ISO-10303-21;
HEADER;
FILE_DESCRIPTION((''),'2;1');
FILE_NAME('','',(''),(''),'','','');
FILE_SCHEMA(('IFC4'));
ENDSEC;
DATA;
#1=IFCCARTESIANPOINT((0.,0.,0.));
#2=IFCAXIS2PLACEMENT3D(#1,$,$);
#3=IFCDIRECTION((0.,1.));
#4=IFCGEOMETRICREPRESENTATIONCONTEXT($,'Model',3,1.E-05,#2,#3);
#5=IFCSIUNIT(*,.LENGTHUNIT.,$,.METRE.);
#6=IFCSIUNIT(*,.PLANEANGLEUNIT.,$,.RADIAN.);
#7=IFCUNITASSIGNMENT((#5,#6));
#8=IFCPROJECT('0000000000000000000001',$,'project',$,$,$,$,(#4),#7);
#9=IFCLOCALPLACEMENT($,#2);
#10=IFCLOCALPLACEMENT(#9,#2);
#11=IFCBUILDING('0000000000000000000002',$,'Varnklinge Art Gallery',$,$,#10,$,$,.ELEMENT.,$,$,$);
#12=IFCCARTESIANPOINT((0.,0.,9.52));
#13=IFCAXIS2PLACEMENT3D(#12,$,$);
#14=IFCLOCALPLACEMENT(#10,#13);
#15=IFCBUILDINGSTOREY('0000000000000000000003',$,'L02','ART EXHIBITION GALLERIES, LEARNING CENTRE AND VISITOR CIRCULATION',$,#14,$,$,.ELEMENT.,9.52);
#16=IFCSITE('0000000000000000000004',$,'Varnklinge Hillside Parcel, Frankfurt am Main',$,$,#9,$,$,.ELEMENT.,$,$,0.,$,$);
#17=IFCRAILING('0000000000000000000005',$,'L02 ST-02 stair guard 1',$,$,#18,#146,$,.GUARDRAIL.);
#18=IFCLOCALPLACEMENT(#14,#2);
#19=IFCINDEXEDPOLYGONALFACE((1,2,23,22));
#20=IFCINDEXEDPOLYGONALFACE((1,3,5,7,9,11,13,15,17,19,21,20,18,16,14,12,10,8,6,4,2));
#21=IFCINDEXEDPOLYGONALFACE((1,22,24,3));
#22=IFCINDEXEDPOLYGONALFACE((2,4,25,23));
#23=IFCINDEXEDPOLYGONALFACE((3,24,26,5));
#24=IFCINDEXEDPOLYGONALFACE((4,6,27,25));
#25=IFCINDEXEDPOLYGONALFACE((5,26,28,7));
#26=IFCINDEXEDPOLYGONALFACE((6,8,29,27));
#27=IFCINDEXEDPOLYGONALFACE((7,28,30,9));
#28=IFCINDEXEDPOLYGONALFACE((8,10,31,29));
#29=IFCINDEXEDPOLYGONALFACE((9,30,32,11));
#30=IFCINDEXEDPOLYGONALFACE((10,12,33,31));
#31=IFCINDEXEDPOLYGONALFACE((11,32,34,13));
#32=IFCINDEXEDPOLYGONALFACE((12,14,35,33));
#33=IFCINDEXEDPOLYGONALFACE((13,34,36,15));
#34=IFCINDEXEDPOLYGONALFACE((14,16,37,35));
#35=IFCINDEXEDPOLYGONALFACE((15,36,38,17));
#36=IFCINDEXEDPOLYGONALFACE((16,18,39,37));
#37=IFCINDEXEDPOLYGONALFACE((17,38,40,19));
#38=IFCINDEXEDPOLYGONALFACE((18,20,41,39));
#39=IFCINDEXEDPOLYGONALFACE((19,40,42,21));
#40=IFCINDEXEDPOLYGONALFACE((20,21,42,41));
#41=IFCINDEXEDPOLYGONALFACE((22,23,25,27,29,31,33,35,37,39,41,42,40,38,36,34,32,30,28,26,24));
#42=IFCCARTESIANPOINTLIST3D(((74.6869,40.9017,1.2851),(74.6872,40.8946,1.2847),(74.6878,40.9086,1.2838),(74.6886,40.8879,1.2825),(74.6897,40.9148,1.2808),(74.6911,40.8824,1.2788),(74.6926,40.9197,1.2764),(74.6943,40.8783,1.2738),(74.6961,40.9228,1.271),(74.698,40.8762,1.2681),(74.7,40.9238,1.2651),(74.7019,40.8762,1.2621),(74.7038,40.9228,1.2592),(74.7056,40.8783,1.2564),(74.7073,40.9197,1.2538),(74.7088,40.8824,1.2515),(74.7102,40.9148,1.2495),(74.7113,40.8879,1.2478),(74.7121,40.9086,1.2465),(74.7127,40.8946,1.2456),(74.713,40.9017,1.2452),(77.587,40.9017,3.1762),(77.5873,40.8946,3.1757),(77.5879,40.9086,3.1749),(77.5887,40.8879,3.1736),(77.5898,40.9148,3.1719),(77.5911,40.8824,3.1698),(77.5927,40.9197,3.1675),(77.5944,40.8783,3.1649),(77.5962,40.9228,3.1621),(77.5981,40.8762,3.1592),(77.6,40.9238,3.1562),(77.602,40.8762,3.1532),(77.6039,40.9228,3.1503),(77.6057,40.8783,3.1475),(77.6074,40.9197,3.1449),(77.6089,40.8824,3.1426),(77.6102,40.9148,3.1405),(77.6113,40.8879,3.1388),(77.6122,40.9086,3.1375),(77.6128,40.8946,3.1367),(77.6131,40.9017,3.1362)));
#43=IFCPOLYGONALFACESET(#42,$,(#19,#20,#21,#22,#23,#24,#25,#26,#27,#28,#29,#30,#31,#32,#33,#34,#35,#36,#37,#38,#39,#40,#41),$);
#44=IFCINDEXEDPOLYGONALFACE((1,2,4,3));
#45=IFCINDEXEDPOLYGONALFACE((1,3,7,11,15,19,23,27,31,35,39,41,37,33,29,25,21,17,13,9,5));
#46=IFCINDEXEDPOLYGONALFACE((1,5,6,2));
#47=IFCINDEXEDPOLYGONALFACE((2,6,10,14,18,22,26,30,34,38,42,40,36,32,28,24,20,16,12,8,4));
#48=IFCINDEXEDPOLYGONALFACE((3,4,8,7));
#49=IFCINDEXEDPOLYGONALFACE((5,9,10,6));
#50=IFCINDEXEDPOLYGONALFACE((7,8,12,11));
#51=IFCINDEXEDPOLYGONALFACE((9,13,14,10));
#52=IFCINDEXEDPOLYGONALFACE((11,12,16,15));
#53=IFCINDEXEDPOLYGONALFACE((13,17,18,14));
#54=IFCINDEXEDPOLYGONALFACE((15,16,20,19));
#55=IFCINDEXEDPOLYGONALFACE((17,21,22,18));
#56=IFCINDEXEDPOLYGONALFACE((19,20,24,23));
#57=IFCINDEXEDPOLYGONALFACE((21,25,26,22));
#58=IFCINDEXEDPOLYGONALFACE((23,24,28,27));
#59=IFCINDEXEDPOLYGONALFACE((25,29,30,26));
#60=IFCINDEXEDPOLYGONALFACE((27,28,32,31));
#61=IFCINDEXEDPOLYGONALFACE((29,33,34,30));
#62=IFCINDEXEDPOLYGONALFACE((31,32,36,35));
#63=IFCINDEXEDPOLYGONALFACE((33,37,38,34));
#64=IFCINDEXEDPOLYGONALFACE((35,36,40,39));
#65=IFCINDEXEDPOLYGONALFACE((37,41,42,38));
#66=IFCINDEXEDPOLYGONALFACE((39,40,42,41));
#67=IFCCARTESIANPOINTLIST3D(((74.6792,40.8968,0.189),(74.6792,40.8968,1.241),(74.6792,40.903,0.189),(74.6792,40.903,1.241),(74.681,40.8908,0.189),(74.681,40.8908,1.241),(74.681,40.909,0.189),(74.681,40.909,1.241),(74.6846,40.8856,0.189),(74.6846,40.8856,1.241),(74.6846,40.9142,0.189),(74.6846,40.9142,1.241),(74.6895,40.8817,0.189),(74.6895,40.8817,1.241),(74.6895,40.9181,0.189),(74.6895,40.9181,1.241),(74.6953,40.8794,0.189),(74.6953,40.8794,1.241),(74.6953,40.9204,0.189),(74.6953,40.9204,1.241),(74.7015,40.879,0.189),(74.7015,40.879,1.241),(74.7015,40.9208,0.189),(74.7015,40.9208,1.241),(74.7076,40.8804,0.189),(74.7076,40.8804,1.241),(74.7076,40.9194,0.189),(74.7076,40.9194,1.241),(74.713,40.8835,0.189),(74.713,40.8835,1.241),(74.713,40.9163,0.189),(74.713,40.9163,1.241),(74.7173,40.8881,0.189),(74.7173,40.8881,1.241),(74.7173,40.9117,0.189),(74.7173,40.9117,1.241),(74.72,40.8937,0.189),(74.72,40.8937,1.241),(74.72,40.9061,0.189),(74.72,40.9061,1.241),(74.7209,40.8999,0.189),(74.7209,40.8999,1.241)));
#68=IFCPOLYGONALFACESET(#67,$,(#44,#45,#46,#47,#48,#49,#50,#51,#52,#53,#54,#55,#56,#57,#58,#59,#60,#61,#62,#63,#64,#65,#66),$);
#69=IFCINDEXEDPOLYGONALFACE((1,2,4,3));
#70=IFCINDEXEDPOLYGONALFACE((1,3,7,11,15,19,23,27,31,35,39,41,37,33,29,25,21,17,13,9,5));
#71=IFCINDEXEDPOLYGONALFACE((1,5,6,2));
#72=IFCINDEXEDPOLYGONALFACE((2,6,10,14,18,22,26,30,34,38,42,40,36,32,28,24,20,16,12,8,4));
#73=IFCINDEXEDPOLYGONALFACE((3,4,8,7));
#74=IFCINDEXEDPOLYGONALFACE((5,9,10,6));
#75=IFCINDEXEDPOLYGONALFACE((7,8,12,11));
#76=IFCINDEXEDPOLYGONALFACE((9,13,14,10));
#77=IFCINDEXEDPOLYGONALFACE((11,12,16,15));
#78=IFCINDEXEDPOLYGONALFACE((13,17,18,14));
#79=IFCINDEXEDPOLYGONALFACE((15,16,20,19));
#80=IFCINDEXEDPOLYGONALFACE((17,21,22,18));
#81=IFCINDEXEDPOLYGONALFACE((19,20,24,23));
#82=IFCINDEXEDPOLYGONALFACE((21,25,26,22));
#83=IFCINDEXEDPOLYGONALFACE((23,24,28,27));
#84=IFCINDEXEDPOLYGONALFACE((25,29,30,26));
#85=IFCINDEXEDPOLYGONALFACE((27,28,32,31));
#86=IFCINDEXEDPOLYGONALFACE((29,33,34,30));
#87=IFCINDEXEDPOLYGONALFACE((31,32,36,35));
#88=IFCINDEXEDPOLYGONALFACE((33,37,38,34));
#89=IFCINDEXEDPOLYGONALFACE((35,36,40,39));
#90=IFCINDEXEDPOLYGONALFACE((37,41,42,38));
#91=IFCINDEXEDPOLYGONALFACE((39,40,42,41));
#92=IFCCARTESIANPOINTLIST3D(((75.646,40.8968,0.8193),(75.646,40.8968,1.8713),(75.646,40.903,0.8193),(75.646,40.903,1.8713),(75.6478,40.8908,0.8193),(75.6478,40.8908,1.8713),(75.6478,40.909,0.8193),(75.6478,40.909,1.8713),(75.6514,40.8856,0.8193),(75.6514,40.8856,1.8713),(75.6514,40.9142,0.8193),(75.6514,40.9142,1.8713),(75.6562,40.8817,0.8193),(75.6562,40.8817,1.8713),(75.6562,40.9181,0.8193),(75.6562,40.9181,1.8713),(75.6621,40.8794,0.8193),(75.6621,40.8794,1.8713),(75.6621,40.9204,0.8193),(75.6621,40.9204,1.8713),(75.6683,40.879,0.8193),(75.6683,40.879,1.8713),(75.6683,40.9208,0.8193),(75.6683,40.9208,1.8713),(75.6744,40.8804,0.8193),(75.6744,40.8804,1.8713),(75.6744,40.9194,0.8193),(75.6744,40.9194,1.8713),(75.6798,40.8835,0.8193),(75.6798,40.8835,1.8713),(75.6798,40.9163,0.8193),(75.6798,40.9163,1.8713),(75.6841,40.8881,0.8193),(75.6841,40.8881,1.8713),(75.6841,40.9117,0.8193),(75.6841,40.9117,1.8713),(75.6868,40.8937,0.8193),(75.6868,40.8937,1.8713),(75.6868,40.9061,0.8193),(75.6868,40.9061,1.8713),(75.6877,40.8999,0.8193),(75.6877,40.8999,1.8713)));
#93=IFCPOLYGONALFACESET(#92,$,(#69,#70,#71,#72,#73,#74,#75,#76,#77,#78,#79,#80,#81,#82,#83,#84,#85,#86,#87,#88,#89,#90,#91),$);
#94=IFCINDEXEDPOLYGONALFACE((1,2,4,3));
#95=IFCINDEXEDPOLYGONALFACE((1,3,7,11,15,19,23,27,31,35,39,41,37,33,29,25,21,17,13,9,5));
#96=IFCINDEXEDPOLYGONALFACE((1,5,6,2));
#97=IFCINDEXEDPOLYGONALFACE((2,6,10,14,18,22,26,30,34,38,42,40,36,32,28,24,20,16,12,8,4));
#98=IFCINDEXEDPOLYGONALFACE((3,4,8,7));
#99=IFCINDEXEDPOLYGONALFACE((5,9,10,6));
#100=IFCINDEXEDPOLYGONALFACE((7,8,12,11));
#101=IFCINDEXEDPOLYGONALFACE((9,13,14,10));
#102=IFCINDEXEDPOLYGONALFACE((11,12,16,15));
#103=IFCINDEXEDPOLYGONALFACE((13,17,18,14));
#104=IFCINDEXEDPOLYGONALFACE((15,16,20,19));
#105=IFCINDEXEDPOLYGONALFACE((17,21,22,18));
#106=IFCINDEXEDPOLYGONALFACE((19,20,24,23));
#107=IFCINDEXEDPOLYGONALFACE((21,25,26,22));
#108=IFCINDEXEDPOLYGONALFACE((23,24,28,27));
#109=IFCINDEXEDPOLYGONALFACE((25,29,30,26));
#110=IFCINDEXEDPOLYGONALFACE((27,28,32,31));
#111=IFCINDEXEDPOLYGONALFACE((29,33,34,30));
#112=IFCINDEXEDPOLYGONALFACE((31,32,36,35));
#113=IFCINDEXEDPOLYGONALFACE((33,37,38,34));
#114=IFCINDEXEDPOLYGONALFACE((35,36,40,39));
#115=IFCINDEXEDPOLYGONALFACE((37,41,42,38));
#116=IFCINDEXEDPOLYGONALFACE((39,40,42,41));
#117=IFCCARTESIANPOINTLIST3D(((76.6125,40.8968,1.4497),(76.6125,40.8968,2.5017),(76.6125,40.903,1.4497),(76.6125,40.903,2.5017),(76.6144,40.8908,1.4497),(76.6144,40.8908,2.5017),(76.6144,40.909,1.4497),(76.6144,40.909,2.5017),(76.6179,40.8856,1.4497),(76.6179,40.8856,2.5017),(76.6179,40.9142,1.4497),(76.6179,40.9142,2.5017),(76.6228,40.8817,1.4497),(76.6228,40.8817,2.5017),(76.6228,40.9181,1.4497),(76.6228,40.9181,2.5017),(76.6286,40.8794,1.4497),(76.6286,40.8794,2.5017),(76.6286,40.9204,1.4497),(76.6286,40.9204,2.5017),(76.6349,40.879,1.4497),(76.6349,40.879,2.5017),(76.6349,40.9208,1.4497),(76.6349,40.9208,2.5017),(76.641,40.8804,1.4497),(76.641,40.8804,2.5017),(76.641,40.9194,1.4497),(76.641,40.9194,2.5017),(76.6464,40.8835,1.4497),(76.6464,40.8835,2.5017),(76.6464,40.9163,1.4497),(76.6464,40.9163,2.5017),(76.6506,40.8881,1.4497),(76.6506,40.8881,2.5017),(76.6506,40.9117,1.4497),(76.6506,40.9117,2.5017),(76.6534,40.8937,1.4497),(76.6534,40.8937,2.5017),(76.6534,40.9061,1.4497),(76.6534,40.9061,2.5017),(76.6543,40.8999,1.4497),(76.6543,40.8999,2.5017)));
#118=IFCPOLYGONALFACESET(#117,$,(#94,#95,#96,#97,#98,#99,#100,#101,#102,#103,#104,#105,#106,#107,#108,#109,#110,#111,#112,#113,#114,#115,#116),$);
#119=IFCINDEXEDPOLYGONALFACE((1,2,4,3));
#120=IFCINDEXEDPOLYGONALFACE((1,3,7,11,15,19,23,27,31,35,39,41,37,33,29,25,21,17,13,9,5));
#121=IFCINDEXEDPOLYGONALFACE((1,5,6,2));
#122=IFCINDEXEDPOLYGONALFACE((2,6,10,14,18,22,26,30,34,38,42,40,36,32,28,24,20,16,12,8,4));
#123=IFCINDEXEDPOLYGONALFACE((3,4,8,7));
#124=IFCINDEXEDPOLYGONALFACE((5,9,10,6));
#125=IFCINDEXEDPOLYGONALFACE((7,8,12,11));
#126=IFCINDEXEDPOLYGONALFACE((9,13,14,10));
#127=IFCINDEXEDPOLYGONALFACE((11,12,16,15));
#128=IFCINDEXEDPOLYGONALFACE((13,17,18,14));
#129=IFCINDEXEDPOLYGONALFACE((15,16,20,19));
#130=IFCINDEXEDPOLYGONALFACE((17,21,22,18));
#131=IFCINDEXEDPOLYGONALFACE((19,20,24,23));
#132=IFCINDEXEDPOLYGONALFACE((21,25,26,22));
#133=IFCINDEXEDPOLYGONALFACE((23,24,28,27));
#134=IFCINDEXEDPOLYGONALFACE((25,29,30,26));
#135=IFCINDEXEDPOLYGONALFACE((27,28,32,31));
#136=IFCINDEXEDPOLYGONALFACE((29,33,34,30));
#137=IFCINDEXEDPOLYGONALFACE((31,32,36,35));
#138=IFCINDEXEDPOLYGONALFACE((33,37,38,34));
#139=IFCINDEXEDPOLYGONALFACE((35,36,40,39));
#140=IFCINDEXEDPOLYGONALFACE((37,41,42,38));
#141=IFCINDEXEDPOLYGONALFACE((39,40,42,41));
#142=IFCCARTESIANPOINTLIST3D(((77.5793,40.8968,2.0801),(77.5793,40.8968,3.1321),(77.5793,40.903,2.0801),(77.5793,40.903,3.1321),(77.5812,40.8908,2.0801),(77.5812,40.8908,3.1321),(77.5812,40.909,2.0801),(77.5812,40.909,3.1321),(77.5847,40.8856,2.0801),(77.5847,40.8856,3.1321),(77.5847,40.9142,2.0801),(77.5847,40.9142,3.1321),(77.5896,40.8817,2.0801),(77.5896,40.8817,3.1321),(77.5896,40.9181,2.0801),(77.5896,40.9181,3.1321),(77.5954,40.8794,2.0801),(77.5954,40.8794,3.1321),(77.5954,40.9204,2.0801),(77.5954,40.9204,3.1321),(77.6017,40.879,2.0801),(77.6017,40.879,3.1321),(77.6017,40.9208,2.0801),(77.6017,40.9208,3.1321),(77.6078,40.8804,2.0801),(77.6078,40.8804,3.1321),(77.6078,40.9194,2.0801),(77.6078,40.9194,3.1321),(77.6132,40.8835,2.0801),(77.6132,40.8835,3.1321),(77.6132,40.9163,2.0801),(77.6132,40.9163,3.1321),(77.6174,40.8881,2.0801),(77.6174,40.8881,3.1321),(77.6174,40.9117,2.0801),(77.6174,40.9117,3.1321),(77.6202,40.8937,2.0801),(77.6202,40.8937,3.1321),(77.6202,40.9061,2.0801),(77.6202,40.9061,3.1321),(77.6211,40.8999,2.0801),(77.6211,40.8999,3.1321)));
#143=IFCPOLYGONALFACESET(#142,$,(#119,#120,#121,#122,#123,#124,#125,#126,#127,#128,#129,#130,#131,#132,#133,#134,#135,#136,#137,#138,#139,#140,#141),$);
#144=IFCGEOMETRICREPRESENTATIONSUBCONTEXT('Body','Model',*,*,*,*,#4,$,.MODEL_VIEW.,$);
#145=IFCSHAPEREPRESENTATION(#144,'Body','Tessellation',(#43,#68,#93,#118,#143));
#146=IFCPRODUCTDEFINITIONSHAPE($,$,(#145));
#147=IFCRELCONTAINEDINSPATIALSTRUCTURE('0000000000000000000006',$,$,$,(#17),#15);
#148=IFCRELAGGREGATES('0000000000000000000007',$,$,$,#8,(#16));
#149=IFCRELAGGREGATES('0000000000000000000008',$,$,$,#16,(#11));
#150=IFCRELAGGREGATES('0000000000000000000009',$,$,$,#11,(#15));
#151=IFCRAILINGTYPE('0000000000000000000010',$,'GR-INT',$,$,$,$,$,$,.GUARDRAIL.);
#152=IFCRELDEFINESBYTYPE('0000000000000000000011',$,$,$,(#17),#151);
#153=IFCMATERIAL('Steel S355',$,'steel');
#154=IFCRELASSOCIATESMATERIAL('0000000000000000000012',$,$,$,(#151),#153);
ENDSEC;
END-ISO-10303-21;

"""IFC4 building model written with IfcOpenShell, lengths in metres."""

from ifc_helpers import new_model, si_unit, direction, frame, origin, origin_2d, place, context, subcontext, project, spatial, circle, extrude, material, type_object, element, save


model = new_model("IFC4")

# Units and contexts
model_context = context("Model", 3, precision=1e-05, world=origin(), true_north=direction((0.0, 1.0)))
body_context = subcontext(model_context, "Body", "Model", "MODEL_VIEW")
ifc_project = project(units=[si_unit("LENGTHUNIT", "METRE"), si_unit("PLANEANGLEUNIT", "RADIAN")], contexts=[model_context])

# Site, building, storey
site_placement = place(None, origin())
site = spatial("IfcSite", under=ifc_project, at=site_placement, Name="Varnklinge Hillside Parcel, Frankfurt am Main", CompositionType="ELEMENT", RefElevation=0.0)
building_placement = place(site_placement, origin())
building = spatial("IfcBuilding", under=site, at=building_placement, Name="Varnklinge Art Gallery", CompositionType="ELEMENT")
storey_placement = place(building_placement, frame((0.0, 0.0, 9.52)))
storey = spatial("IfcBuildingStorey", under=building, at=storey_placement, Name="L02", Description="ART EXHIBITION GALLERIES, LEARNING CENTRE AND VISITOR CIRCULATION", CompositionType="ELEMENT", Elevation=9.52)

# Railing
ifc_material_1 = material(Name="Steel S355", Category="steel")
railing_type_1 = type_object("IfcRailingType", Name="GR-INT", PredefinedType="GUARDRAIL", material=ifc_material_1)
railing_1_placement = place(storey_placement, frame((74.7, 40.8999, 0.189)))
element("IfcRailing", 1, at=railing_1_placement, inside=storey, type_object=railing_type_1, Name="L02 ST-02 stair guard 1", PredefinedType="GUARDRAIL", context=body_context, shape_type="SweptSolid", body=[
    extrude(circle(Radius=0.0239, at=origin_2d()), frame((0.0, 0.0, 1.0762), z_axis=(0.837648, 0.0, 0.54621), x_axis=(0.0, 1.0, 0.0)), (0.0, 0.0, 1.0), 3.4622),
    extrude(circle(Radius=0.021, at=origin_2d()), origin(), (0.0, 0.0, 1.0), 1.052),
    extrude(circle(Radius=0.021, at=origin_2d()), frame((0.9668, 0.0, 0.6304)), (0.0, 0.0, 1.0), 1.052),
    extrude(circle(Radius=0.021, at=origin_2d()), frame((1.9333, 0.0, 1.2607)), (0.0, 0.0, 1.0), 1.052),
    extrude(circle(Radius=0.021, at=origin_2d()), frame((2.9001, 0.0, 1.8911)), (0.0, 0.0, 1.0), 1.052),
])

save(model, "model.ifc")
